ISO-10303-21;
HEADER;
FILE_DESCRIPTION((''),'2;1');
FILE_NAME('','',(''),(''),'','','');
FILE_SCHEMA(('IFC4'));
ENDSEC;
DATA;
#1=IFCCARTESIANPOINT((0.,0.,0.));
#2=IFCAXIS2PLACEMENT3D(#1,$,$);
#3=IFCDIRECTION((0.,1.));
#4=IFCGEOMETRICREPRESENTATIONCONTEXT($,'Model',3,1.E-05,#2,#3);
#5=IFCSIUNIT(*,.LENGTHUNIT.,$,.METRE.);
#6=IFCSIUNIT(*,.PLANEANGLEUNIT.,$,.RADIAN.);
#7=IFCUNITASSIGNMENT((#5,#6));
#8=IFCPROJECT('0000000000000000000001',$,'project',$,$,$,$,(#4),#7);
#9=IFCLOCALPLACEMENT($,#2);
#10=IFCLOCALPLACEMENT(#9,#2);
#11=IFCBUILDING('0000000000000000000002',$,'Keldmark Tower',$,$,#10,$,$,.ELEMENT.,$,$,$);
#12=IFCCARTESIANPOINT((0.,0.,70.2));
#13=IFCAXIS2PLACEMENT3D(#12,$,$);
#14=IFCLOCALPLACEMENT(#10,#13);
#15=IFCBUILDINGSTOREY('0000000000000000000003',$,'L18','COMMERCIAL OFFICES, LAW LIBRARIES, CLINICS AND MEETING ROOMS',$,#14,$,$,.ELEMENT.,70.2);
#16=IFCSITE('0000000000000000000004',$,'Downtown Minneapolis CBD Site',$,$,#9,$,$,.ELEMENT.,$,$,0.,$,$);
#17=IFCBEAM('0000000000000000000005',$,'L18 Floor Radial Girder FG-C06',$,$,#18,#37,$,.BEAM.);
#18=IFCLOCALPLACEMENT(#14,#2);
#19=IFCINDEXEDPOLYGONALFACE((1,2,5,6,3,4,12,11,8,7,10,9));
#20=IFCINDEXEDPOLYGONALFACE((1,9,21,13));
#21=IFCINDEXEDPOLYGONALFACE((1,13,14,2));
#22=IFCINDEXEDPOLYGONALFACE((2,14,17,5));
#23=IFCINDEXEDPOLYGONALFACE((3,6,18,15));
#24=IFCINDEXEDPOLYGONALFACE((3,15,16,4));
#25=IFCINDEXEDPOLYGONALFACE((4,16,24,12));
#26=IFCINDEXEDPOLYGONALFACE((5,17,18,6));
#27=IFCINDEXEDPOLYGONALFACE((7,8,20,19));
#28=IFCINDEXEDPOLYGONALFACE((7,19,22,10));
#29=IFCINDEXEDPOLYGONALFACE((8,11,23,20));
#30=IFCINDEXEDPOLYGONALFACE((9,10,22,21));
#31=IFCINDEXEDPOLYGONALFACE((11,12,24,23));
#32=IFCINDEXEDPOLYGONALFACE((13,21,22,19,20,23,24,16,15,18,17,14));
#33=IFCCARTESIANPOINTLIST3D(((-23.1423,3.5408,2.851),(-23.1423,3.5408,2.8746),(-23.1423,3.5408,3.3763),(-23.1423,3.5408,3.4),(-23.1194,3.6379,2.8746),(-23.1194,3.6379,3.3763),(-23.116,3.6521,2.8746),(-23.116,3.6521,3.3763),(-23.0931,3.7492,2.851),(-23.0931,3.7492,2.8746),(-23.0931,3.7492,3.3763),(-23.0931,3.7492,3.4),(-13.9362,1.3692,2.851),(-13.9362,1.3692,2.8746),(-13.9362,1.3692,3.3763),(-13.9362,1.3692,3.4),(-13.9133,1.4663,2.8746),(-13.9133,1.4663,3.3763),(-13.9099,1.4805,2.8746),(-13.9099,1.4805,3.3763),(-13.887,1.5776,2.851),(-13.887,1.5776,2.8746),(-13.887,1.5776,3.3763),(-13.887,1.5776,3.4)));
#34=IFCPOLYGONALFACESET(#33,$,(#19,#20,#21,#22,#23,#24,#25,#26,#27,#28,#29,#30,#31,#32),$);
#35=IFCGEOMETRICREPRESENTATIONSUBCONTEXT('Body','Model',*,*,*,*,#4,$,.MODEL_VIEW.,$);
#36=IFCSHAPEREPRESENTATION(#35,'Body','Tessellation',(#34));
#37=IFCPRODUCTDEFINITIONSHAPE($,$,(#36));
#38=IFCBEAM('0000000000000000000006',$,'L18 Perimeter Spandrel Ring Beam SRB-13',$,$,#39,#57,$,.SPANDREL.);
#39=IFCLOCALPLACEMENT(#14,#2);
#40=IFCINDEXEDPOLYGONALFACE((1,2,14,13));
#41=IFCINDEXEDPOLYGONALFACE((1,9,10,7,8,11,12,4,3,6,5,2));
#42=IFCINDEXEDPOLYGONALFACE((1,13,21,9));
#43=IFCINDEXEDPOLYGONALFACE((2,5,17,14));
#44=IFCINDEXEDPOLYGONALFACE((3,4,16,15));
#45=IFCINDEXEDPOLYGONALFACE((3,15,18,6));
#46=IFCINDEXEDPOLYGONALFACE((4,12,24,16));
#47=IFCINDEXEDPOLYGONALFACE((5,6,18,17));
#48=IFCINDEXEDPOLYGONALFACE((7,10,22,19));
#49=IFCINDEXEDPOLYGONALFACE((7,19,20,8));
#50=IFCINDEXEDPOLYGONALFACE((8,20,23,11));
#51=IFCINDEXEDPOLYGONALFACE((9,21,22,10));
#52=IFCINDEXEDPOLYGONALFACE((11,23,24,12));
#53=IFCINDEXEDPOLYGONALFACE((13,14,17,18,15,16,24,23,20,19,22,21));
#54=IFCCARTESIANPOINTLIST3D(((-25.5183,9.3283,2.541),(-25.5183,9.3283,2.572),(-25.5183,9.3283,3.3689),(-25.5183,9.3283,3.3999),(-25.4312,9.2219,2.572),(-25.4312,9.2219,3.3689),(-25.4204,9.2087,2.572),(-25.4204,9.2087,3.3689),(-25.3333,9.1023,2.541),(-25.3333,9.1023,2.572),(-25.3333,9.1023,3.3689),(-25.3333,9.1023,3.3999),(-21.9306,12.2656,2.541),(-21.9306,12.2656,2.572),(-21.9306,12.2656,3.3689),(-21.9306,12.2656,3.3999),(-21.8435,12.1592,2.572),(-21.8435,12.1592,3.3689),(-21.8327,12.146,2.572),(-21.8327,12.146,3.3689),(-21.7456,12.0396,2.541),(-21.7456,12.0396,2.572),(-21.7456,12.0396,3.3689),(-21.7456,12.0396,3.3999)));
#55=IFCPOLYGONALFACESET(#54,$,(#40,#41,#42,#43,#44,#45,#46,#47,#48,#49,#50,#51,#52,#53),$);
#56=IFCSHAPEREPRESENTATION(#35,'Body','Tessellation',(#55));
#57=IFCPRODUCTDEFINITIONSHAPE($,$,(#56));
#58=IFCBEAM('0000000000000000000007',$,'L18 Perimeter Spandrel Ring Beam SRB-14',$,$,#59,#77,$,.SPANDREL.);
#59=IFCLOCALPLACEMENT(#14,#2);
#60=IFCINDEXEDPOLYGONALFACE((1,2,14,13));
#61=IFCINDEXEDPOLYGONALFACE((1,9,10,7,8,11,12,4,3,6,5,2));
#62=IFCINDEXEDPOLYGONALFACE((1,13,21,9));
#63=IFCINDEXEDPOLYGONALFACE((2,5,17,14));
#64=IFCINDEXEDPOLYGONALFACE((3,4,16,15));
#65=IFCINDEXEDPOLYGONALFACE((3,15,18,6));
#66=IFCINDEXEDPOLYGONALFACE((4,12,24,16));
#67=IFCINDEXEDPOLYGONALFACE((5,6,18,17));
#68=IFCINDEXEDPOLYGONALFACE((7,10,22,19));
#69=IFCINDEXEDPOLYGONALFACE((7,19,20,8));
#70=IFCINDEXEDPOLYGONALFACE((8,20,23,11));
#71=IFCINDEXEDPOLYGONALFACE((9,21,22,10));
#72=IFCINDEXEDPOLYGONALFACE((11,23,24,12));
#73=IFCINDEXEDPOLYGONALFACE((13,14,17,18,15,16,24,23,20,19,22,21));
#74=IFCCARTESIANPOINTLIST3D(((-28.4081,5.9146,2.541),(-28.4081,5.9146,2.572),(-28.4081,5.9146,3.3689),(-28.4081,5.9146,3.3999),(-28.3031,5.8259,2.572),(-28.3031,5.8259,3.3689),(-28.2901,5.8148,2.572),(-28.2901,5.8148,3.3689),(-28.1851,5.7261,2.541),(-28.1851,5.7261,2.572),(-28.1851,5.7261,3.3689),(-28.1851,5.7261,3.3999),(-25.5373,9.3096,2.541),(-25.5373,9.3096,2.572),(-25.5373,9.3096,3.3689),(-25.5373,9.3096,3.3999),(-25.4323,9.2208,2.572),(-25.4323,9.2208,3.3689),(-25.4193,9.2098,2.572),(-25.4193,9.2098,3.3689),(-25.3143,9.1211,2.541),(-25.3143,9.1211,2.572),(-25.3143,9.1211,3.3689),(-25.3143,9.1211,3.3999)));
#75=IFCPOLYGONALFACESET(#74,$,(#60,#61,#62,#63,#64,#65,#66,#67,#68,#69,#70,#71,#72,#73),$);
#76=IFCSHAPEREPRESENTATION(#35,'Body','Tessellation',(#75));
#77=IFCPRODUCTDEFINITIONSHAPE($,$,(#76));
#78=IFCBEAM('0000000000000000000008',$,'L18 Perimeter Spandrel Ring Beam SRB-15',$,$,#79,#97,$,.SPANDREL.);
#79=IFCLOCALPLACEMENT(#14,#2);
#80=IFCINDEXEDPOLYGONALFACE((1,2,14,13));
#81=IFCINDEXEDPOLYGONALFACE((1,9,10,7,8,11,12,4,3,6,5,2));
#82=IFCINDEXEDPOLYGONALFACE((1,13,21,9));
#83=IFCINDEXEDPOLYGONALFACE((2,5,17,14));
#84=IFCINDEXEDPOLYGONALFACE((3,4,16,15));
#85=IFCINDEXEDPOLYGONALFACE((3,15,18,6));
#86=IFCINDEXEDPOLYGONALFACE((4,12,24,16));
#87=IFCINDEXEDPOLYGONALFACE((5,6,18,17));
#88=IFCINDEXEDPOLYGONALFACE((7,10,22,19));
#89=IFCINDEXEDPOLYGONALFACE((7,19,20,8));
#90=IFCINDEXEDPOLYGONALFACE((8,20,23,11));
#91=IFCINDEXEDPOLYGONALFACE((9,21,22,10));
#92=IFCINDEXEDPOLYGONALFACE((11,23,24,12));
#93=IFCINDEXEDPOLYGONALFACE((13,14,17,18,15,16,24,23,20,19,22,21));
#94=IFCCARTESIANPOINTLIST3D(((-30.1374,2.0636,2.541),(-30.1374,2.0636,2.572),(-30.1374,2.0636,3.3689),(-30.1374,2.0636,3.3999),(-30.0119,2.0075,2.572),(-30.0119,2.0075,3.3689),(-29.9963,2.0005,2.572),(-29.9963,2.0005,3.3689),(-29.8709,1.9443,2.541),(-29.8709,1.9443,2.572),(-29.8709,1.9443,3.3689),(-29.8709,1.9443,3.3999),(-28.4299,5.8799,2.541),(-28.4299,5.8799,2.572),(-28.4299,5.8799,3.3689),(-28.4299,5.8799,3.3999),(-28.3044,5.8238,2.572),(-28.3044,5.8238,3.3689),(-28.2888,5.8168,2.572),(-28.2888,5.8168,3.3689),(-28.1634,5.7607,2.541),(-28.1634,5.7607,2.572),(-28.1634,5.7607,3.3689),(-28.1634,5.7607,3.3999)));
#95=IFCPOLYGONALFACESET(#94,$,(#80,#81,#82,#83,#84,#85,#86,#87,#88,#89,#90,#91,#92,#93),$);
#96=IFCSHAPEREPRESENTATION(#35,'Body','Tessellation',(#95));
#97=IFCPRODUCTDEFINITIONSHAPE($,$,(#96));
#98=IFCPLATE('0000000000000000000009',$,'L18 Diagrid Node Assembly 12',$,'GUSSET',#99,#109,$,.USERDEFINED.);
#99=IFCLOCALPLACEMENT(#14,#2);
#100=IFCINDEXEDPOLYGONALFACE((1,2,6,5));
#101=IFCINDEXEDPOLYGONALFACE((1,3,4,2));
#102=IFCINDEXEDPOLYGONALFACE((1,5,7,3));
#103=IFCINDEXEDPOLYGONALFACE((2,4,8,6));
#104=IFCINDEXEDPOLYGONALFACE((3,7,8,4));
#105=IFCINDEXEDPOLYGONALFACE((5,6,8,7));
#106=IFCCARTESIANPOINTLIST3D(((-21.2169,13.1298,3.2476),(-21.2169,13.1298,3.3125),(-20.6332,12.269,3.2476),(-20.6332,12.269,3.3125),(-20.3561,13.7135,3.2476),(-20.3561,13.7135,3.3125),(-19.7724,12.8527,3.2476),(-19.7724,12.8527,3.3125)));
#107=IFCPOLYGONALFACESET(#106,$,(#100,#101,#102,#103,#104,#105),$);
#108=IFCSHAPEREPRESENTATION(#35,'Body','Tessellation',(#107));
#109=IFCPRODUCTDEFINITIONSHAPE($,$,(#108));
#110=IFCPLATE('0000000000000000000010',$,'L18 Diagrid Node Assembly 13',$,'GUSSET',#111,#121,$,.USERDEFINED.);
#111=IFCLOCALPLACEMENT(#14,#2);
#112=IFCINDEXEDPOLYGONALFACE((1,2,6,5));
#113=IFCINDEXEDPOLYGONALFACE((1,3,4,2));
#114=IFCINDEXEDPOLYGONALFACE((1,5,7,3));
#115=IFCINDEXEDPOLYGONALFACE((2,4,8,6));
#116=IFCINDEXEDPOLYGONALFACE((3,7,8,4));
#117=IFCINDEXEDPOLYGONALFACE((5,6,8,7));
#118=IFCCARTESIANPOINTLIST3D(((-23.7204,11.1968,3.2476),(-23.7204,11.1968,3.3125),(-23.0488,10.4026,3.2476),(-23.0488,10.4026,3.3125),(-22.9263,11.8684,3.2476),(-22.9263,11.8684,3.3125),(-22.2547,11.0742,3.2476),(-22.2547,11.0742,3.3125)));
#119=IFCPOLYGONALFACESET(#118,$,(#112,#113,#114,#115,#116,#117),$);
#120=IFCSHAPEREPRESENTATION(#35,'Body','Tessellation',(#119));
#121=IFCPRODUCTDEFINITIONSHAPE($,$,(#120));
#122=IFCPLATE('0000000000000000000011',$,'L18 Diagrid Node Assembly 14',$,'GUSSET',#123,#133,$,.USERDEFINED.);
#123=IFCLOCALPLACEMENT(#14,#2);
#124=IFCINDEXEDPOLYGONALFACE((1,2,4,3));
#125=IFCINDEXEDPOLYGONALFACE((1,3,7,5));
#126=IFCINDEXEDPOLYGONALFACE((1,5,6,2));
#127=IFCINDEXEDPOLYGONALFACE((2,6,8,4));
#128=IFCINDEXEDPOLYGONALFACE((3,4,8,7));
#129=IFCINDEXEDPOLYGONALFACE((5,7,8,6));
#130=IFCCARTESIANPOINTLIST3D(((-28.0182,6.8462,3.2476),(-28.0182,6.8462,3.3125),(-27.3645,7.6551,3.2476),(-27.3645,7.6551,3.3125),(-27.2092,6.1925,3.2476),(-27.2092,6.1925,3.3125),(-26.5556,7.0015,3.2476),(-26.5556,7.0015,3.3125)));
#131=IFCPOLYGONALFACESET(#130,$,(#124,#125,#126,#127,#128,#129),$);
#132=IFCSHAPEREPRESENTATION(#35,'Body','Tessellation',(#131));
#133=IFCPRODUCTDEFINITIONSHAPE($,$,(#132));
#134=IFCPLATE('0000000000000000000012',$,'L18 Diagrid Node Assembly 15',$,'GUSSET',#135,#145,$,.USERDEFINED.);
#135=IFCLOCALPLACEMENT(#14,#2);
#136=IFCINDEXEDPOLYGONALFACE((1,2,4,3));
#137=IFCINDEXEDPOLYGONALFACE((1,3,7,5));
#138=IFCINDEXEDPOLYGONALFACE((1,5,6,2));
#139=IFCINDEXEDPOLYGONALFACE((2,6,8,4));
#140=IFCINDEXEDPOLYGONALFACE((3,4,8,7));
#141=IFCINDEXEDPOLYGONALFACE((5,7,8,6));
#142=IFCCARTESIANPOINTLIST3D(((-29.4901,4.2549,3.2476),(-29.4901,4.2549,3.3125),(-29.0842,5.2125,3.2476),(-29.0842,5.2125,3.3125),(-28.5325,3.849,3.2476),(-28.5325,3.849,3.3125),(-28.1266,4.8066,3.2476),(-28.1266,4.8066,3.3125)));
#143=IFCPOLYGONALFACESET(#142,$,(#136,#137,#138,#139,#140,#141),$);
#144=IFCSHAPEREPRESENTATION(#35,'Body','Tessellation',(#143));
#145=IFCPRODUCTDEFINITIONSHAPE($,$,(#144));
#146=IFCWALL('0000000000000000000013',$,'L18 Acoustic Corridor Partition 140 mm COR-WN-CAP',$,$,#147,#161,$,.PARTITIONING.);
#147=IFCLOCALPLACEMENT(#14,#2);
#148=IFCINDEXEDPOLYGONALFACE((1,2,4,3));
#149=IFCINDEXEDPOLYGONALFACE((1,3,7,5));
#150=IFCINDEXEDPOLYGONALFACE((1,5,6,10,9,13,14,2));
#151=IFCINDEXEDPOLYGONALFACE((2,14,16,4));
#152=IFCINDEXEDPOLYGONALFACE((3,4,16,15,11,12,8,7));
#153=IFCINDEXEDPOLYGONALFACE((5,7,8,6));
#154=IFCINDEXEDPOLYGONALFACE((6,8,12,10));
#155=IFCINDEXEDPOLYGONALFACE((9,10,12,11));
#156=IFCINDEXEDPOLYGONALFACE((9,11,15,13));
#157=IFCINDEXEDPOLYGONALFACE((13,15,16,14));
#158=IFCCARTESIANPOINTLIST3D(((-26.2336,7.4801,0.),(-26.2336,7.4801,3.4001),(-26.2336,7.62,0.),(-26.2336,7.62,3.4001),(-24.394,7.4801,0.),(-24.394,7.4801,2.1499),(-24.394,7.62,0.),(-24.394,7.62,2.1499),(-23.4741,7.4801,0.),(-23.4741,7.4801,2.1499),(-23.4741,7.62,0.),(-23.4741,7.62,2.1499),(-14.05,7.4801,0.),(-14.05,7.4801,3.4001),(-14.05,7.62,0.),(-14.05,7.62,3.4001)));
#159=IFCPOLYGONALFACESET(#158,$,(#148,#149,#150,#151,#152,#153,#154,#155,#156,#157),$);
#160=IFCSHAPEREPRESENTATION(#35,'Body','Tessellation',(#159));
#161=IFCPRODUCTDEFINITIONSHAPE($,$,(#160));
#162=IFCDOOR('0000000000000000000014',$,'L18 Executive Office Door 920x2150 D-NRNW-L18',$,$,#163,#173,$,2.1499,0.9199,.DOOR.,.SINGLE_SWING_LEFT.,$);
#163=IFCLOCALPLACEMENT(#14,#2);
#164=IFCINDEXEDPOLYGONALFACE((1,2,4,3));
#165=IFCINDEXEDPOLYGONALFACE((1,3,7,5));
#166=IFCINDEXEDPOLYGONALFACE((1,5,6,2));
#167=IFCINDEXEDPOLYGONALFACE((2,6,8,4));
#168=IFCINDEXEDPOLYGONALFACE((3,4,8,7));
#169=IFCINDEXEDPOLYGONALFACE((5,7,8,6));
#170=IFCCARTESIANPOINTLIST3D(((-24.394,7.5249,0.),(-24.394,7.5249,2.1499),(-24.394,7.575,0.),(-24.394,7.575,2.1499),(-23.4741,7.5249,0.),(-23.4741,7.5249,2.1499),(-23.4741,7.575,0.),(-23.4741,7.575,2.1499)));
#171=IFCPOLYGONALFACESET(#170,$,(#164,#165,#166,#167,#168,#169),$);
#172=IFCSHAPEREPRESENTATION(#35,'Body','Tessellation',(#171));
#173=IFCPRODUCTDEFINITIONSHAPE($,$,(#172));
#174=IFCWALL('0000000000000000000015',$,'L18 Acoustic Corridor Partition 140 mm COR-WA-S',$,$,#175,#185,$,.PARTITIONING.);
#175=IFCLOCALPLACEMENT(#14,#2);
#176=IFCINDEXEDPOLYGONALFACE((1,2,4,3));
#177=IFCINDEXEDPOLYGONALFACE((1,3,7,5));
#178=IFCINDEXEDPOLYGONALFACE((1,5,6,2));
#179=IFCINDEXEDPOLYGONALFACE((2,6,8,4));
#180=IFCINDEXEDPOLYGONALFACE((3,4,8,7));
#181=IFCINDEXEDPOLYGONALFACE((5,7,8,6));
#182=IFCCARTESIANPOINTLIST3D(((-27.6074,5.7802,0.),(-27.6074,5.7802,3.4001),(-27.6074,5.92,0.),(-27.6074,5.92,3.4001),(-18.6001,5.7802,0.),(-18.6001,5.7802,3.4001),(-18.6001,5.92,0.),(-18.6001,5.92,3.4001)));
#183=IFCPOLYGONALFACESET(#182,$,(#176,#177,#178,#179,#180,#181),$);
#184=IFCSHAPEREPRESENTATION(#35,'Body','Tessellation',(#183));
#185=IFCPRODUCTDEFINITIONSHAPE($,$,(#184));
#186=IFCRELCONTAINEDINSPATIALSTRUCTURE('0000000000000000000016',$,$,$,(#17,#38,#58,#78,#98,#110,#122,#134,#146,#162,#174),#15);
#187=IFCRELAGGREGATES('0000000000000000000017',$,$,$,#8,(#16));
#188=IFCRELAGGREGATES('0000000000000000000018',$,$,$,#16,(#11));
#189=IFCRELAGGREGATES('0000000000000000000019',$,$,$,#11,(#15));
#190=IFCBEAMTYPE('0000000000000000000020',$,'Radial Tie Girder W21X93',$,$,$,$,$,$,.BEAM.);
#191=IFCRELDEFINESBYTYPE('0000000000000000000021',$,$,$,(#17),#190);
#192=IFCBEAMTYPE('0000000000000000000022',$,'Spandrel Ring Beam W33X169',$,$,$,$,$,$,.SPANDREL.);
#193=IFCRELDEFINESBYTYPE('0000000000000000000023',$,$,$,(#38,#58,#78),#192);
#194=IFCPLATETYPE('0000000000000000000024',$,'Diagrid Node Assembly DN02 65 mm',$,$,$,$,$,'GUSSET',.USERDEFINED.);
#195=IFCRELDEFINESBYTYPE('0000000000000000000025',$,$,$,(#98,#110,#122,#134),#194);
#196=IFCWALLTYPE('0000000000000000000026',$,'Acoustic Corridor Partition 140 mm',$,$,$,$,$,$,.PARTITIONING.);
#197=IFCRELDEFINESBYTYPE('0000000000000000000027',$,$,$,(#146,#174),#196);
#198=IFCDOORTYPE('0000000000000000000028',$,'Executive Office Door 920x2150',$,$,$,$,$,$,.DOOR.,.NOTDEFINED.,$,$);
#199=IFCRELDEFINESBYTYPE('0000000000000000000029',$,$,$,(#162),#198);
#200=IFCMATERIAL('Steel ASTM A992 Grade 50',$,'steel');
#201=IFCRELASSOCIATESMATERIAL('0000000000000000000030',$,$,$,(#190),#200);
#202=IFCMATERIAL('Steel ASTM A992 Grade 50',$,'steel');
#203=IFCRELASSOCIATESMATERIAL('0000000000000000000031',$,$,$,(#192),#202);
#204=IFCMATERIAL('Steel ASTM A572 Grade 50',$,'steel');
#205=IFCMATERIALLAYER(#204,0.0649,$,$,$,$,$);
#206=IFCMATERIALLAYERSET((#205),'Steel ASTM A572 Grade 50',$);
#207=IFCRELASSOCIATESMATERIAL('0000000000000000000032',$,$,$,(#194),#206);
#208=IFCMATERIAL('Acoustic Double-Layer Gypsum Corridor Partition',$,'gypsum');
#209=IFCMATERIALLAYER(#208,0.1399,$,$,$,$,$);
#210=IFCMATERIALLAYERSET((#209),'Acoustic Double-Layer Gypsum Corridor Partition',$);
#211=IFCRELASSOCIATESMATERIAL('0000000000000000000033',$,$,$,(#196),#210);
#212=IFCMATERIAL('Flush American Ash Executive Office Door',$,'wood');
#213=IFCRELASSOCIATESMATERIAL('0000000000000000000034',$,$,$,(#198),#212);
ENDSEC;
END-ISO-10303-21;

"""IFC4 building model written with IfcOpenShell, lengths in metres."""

from ifc_helpers import new_model, si_unit, direction, frame, frame_2d, origin, origin_2d, place, context, subcontext, project, spatial, rectangle, i_section, extrude, material, layer, layer_set, material_profile, profile_set, type_object, element, fill, save


model = new_model("IFC4")

# Units and contexts
model_context = context("Model", 3, precision=1e-05, world=origin(), true_north=direction((0.0, 1.0)))
body_context = subcontext(model_context, "Body", "Model", "MODEL_VIEW")
ifc_project = project(units=[si_unit("LENGTHUNIT", "METRE"), si_unit("PLANEANGLEUNIT", "RADIAN")], contexts=[model_context])

# Site, building, storey
site_placement = place(None, origin())
site = spatial("IfcSite", under=ifc_project, at=site_placement, Name="Downtown Minneapolis CBD Site", CompositionType="ELEMENT", RefElevation=0.0)
building_placement = place(site_placement, origin())
building = spatial("IfcBuilding", under=site, at=building_placement, Name="Keldmark Tower", CompositionType="ELEMENT")
storey_placement = place(building_placement, frame((0.0, 0.0, 70.2)))
storey = spatial("IfcBuildingStorey", under=building, at=storey_placement, Name="L18", Description="COMMERCIAL OFFICES, LAW LIBRARIES, CLINICS AND MEETING ROOMS", CompositionType="ELEMENT", Elevation=70.2)

# Beams
ifc_material_1 = material(Name="Steel ASTM A992 Grade 50", Category="steel")
ifc_material_profile_1 = material_profile(ifc_material_1, i_section(OverallWidth=0.2141, OverallDepth=0.5491, WebThickness=0.0146, FlangeThickness=0.0237, at=origin_2d()), Name="W21X93")
ifc_profile_set_1 = profile_set([ifc_material_profile_1], Name="Steel ASTM A992 Grade 50")
beam_type_1 = type_object("IfcBeamType", Name="Radial Tie Girder W21X93", PredefinedType="BEAM", material=ifc_profile_set_1)
beam_1_placement = place(storey_placement, frame((-23.1177, 3.645, 3.1255), z_axis=(0.973287, -0.22959, 0.0), x_axis=(0.22959, 0.973287, 0.0)))
element("IfcBeam", 1, at=beam_1_placement, inside=storey, type_object=beam_type_1, Name="L18 Floor Radial Girder FG-C06", PredefinedType="BEAM", context=body_context, shape_type="SweptSolid", body=[
    extrude(i_section(OverallWidth=0.2141, OverallDepth=0.5491, WebThickness=0.0146, FlangeThickness=0.0237, at=origin_2d()), origin(), (0.0, 0.0, 1.0), 9.4587),
])
ifc_material_2 = material(Name="Steel ASTM A992 Grade 50", Category="steel")
ifc_material_profile_2 = material_profile(ifc_material_2, i_section(OverallWidth=0.292, OverallDepth=0.8589, WebThickness=0.0171, FlangeThickness=0.031, at=origin_2d()), Name="W33X169")
ifc_profile_set_2 = profile_set([ifc_material_profile_2], Name="Steel ASTM A992 Grade 50")
beam_type_2 = type_object("IfcBeamType", Name="Spandrel Ring Beam W33X169", PredefinedType="SPANDREL", material=ifc_profile_set_2)
beam_2_placement = place(storey_placement, frame((-21.8381, 12.1526, 2.9705), z_axis=(-0.773756, -0.633484, 0.0), x_axis=(0.633484, -0.773756, 0.0)))
element("IfcBeam", 2, at=beam_2_placement, inside=storey, type_object=beam_type_2, Name="L18 Perimeter Spandrel Ring Beam SRB-13", PredefinedType="SPANDREL", context=body_context, shape_type="SweptSolid", body=[
    extrude(i_section(OverallWidth=0.292, OverallDepth=0.8589, WebThickness=0.0171, FlangeThickness=0.031, at=origin_2d()), origin(), (0.0, 0.0, 1.0), 4.6367),
])
beam_3_placement = place(storey_placement, frame((-25.4258, 9.2153, 2.9705), z_axis=(-0.645699, -0.763592, 0.0), x_axis=(0.763592, -0.645699, 0.0)))
element("IfcBeam", 3, at=beam_3_placement, inside=storey, type_object=beam_type_2, Name="L18 Perimeter Spandrel Ring Beam SRB-14", PredefinedType="SPANDREL", context=body_context, shape_type="SweptSolid", body=[
    extrude(i_section(OverallWidth=0.292, OverallDepth=0.8589, WebThickness=0.0171, FlangeThickness=0.031, at=origin_2d()), origin(), (0.0, 0.0, 1.0), 4.446),
])
beam_4_placement = place(storey_placement, frame((-28.2966, 5.8203, 2.9705), z_axis=(-0.408402, -0.912802, 0.0), x_axis=(0.912802, -0.408402, 0.0)))
element("IfcBeam", 4, at=beam_4_placement, inside=storey, type_object=beam_type_2, Name="L18 Perimeter Spandrel Ring Beam SRB-15", PredefinedType="SPANDREL", context=body_context, shape_type="SweptSolid", body=[
    extrude(i_section(OverallWidth=0.292, OverallDepth=0.8589, WebThickness=0.0171, FlangeThickness=0.031, at=origin_2d()), origin(), (0.0, 0.0, 1.0), 4.1809),
])

# Plates
ifc_material_3 = material(Name="Steel ASTM A572 Grade 50", Category="steel")
ifc_layer_1 = layer(ifc_material_3, 0.0649)
ifc_layer_set_1 = layer_set([ifc_layer_1], Name="Steel ASTM A572 Grade 50")
plate_type = type_object("IfcPlateType", Name="Diagrid Node Assembly DN02 65 mm", ElementType="GUSSET", PredefinedType="USERDEFINED", material=ifc_layer_set_1)
for number, where, z_axis, x_axis, name in (
    (5, (-20.4946, 12.9912, 3.2476), (0.0, 0.0, 1.0), (-0.827669, -0.561217, 0.0), "L18 Diagrid Node Assembly 12"),
    (6, (-22.9875, 11.1355, 3.2476), (0.0, 0.0, 1.0), (-0.763571, -0.645724, 0.0), "L18 Diagrid Node Assembly 13"),
    (7, (-27.2869, 6.9238, 3.2476), (0.0, 0.0, 1.0), (-0.628506, -0.777805, 0.0), "L18 Diagrid Node Assembly 14"),
    (8, (-28.8083, 4.5308, 3.2476), (0.0, 0.0, 1.0), (-0.390249, -0.920709, 0.0), "L18 Diagrid Node Assembly 15"),
):
    element("IfcPlate", number, at=place(storey_placement, frame(where, z_axis=z_axis, x_axis=x_axis)), inside=storey, type_object=plate_type, Name=name, ObjectType="GUSSET", PredefinedType="USERDEFINED", context=body_context, shape_type="SweptSolid", body=[
        extrude(rectangle(XDim=1.04, YDim=1.04, at=origin_2d()), origin(), (0.0, 0.0, 1.0), 0.0649),
    ])

# Wall, opening, door
ifc_material_4 = material(Name="Acoustic Double-Layer Gypsum Corridor Partition", Category="gypsum")
ifc_layer_2 = layer(ifc_material_4, 0.1399)
ifc_layer_set_2 = layer_set([ifc_layer_2], Name="Acoustic Double-Layer Gypsum Corridor Partition")
wall_type_1 = type_object("IfcWallType", Name="Acoustic Corridor Partition 140 mm", PredefinedType="PARTITIONING", material=ifc_layer_set_2)
wall_1_placement = place(storey_placement, frame((-26.2336, 7.55, 0.0), z_axis=(0.0, 0.0, 1.0), x_axis=(1.0, 0.0, 0.0)))
wall_1 = element("IfcWall", 9, at=wall_1_placement, inside=storey, type_object=wall_type_1, Name="L18 Acoustic Corridor Partition 140 mm COR-WN-CAP", PredefinedType="PARTITIONING", context=body_context, shape_type="SweptSolid", body=[
    extrude(rectangle(XDim=12.1836, YDim=0.1399, at=frame_2d((6.0918, 0.0))), origin(), (0.0, 0.0, 1.0), 3.4001),
])
opening_1_placement = place(wall_1_placement, frame((1.8396, 0.0, 0.0)))
opening_1 = element("IfcOpeningElement", 10, at=opening_1_placement, cuts=wall_1, PredefinedType="OPENING", context=body_context, shape_type="SweptSolid", body=[
    extrude(rectangle(XDim=0.9199, YDim=2.1499, at=frame_2d((0.46, 1.075))), frame((0.0, 0.0798, 0.0), z_axis=(0.0, -1.0, 0.0), x_axis=(1.0, 0.0, 0.0)), (0.0, 0.0, 1.0), 0.1599),
])
ifc_material_5 = material(Name="Flush American Ash Executive Office Door", Category="wood")
door_type = type_object("IfcDoorType", Name="Executive Office Door 920x2150", OperationType="NOTDEFINED", PredefinedType="DOOR", material=ifc_material_5)
door_placement = place(opening_1_placement, origin())
door = element("IfcDoor", 11, at=door_placement, inside=storey, type_object=door_type, Name="L18 Executive Office Door 920x2150 D-NRNW-L18", OperationType="SINGLE_SWING_LEFT", OverallHeight=2.1499, OverallWidth=0.9199, PredefinedType="DOOR", context=body_context, shape_type="SweptSolid", body=[
    extrude(rectangle(XDim=0.9199, YDim=2.1499, at=frame_2d((0.46, 1.075))), frame((0.0, 0.0249, 0.0), z_axis=(0.0, -1.0, 0.0), x_axis=(1.0, 0.0, 0.0)), (0.0, 0.0, 1.0), 0.05),
])
fill(opening_1, door)

# Wall
wall_2_placement = place(storey_placement, frame((-27.6074, 5.8501, 0.0), z_axis=(0.0, 0.0, 1.0), x_axis=(1.0, 0.0, 0.0)))
element("IfcWall", 12, at=wall_2_placement, inside=storey, type_object=wall_type_1, Name="L18 Acoustic Corridor Partition 140 mm COR-WA-S", PredefinedType="PARTITIONING", context=body_context, shape_type="SweptSolid", body=[
    extrude(rectangle(XDim=9.0073, YDim=0.1399, at=frame_2d((4.5037, 0.0))), origin(), (0.0, 0.0, 1.0), 3.4001),
])

save(model, "model.ifc")
